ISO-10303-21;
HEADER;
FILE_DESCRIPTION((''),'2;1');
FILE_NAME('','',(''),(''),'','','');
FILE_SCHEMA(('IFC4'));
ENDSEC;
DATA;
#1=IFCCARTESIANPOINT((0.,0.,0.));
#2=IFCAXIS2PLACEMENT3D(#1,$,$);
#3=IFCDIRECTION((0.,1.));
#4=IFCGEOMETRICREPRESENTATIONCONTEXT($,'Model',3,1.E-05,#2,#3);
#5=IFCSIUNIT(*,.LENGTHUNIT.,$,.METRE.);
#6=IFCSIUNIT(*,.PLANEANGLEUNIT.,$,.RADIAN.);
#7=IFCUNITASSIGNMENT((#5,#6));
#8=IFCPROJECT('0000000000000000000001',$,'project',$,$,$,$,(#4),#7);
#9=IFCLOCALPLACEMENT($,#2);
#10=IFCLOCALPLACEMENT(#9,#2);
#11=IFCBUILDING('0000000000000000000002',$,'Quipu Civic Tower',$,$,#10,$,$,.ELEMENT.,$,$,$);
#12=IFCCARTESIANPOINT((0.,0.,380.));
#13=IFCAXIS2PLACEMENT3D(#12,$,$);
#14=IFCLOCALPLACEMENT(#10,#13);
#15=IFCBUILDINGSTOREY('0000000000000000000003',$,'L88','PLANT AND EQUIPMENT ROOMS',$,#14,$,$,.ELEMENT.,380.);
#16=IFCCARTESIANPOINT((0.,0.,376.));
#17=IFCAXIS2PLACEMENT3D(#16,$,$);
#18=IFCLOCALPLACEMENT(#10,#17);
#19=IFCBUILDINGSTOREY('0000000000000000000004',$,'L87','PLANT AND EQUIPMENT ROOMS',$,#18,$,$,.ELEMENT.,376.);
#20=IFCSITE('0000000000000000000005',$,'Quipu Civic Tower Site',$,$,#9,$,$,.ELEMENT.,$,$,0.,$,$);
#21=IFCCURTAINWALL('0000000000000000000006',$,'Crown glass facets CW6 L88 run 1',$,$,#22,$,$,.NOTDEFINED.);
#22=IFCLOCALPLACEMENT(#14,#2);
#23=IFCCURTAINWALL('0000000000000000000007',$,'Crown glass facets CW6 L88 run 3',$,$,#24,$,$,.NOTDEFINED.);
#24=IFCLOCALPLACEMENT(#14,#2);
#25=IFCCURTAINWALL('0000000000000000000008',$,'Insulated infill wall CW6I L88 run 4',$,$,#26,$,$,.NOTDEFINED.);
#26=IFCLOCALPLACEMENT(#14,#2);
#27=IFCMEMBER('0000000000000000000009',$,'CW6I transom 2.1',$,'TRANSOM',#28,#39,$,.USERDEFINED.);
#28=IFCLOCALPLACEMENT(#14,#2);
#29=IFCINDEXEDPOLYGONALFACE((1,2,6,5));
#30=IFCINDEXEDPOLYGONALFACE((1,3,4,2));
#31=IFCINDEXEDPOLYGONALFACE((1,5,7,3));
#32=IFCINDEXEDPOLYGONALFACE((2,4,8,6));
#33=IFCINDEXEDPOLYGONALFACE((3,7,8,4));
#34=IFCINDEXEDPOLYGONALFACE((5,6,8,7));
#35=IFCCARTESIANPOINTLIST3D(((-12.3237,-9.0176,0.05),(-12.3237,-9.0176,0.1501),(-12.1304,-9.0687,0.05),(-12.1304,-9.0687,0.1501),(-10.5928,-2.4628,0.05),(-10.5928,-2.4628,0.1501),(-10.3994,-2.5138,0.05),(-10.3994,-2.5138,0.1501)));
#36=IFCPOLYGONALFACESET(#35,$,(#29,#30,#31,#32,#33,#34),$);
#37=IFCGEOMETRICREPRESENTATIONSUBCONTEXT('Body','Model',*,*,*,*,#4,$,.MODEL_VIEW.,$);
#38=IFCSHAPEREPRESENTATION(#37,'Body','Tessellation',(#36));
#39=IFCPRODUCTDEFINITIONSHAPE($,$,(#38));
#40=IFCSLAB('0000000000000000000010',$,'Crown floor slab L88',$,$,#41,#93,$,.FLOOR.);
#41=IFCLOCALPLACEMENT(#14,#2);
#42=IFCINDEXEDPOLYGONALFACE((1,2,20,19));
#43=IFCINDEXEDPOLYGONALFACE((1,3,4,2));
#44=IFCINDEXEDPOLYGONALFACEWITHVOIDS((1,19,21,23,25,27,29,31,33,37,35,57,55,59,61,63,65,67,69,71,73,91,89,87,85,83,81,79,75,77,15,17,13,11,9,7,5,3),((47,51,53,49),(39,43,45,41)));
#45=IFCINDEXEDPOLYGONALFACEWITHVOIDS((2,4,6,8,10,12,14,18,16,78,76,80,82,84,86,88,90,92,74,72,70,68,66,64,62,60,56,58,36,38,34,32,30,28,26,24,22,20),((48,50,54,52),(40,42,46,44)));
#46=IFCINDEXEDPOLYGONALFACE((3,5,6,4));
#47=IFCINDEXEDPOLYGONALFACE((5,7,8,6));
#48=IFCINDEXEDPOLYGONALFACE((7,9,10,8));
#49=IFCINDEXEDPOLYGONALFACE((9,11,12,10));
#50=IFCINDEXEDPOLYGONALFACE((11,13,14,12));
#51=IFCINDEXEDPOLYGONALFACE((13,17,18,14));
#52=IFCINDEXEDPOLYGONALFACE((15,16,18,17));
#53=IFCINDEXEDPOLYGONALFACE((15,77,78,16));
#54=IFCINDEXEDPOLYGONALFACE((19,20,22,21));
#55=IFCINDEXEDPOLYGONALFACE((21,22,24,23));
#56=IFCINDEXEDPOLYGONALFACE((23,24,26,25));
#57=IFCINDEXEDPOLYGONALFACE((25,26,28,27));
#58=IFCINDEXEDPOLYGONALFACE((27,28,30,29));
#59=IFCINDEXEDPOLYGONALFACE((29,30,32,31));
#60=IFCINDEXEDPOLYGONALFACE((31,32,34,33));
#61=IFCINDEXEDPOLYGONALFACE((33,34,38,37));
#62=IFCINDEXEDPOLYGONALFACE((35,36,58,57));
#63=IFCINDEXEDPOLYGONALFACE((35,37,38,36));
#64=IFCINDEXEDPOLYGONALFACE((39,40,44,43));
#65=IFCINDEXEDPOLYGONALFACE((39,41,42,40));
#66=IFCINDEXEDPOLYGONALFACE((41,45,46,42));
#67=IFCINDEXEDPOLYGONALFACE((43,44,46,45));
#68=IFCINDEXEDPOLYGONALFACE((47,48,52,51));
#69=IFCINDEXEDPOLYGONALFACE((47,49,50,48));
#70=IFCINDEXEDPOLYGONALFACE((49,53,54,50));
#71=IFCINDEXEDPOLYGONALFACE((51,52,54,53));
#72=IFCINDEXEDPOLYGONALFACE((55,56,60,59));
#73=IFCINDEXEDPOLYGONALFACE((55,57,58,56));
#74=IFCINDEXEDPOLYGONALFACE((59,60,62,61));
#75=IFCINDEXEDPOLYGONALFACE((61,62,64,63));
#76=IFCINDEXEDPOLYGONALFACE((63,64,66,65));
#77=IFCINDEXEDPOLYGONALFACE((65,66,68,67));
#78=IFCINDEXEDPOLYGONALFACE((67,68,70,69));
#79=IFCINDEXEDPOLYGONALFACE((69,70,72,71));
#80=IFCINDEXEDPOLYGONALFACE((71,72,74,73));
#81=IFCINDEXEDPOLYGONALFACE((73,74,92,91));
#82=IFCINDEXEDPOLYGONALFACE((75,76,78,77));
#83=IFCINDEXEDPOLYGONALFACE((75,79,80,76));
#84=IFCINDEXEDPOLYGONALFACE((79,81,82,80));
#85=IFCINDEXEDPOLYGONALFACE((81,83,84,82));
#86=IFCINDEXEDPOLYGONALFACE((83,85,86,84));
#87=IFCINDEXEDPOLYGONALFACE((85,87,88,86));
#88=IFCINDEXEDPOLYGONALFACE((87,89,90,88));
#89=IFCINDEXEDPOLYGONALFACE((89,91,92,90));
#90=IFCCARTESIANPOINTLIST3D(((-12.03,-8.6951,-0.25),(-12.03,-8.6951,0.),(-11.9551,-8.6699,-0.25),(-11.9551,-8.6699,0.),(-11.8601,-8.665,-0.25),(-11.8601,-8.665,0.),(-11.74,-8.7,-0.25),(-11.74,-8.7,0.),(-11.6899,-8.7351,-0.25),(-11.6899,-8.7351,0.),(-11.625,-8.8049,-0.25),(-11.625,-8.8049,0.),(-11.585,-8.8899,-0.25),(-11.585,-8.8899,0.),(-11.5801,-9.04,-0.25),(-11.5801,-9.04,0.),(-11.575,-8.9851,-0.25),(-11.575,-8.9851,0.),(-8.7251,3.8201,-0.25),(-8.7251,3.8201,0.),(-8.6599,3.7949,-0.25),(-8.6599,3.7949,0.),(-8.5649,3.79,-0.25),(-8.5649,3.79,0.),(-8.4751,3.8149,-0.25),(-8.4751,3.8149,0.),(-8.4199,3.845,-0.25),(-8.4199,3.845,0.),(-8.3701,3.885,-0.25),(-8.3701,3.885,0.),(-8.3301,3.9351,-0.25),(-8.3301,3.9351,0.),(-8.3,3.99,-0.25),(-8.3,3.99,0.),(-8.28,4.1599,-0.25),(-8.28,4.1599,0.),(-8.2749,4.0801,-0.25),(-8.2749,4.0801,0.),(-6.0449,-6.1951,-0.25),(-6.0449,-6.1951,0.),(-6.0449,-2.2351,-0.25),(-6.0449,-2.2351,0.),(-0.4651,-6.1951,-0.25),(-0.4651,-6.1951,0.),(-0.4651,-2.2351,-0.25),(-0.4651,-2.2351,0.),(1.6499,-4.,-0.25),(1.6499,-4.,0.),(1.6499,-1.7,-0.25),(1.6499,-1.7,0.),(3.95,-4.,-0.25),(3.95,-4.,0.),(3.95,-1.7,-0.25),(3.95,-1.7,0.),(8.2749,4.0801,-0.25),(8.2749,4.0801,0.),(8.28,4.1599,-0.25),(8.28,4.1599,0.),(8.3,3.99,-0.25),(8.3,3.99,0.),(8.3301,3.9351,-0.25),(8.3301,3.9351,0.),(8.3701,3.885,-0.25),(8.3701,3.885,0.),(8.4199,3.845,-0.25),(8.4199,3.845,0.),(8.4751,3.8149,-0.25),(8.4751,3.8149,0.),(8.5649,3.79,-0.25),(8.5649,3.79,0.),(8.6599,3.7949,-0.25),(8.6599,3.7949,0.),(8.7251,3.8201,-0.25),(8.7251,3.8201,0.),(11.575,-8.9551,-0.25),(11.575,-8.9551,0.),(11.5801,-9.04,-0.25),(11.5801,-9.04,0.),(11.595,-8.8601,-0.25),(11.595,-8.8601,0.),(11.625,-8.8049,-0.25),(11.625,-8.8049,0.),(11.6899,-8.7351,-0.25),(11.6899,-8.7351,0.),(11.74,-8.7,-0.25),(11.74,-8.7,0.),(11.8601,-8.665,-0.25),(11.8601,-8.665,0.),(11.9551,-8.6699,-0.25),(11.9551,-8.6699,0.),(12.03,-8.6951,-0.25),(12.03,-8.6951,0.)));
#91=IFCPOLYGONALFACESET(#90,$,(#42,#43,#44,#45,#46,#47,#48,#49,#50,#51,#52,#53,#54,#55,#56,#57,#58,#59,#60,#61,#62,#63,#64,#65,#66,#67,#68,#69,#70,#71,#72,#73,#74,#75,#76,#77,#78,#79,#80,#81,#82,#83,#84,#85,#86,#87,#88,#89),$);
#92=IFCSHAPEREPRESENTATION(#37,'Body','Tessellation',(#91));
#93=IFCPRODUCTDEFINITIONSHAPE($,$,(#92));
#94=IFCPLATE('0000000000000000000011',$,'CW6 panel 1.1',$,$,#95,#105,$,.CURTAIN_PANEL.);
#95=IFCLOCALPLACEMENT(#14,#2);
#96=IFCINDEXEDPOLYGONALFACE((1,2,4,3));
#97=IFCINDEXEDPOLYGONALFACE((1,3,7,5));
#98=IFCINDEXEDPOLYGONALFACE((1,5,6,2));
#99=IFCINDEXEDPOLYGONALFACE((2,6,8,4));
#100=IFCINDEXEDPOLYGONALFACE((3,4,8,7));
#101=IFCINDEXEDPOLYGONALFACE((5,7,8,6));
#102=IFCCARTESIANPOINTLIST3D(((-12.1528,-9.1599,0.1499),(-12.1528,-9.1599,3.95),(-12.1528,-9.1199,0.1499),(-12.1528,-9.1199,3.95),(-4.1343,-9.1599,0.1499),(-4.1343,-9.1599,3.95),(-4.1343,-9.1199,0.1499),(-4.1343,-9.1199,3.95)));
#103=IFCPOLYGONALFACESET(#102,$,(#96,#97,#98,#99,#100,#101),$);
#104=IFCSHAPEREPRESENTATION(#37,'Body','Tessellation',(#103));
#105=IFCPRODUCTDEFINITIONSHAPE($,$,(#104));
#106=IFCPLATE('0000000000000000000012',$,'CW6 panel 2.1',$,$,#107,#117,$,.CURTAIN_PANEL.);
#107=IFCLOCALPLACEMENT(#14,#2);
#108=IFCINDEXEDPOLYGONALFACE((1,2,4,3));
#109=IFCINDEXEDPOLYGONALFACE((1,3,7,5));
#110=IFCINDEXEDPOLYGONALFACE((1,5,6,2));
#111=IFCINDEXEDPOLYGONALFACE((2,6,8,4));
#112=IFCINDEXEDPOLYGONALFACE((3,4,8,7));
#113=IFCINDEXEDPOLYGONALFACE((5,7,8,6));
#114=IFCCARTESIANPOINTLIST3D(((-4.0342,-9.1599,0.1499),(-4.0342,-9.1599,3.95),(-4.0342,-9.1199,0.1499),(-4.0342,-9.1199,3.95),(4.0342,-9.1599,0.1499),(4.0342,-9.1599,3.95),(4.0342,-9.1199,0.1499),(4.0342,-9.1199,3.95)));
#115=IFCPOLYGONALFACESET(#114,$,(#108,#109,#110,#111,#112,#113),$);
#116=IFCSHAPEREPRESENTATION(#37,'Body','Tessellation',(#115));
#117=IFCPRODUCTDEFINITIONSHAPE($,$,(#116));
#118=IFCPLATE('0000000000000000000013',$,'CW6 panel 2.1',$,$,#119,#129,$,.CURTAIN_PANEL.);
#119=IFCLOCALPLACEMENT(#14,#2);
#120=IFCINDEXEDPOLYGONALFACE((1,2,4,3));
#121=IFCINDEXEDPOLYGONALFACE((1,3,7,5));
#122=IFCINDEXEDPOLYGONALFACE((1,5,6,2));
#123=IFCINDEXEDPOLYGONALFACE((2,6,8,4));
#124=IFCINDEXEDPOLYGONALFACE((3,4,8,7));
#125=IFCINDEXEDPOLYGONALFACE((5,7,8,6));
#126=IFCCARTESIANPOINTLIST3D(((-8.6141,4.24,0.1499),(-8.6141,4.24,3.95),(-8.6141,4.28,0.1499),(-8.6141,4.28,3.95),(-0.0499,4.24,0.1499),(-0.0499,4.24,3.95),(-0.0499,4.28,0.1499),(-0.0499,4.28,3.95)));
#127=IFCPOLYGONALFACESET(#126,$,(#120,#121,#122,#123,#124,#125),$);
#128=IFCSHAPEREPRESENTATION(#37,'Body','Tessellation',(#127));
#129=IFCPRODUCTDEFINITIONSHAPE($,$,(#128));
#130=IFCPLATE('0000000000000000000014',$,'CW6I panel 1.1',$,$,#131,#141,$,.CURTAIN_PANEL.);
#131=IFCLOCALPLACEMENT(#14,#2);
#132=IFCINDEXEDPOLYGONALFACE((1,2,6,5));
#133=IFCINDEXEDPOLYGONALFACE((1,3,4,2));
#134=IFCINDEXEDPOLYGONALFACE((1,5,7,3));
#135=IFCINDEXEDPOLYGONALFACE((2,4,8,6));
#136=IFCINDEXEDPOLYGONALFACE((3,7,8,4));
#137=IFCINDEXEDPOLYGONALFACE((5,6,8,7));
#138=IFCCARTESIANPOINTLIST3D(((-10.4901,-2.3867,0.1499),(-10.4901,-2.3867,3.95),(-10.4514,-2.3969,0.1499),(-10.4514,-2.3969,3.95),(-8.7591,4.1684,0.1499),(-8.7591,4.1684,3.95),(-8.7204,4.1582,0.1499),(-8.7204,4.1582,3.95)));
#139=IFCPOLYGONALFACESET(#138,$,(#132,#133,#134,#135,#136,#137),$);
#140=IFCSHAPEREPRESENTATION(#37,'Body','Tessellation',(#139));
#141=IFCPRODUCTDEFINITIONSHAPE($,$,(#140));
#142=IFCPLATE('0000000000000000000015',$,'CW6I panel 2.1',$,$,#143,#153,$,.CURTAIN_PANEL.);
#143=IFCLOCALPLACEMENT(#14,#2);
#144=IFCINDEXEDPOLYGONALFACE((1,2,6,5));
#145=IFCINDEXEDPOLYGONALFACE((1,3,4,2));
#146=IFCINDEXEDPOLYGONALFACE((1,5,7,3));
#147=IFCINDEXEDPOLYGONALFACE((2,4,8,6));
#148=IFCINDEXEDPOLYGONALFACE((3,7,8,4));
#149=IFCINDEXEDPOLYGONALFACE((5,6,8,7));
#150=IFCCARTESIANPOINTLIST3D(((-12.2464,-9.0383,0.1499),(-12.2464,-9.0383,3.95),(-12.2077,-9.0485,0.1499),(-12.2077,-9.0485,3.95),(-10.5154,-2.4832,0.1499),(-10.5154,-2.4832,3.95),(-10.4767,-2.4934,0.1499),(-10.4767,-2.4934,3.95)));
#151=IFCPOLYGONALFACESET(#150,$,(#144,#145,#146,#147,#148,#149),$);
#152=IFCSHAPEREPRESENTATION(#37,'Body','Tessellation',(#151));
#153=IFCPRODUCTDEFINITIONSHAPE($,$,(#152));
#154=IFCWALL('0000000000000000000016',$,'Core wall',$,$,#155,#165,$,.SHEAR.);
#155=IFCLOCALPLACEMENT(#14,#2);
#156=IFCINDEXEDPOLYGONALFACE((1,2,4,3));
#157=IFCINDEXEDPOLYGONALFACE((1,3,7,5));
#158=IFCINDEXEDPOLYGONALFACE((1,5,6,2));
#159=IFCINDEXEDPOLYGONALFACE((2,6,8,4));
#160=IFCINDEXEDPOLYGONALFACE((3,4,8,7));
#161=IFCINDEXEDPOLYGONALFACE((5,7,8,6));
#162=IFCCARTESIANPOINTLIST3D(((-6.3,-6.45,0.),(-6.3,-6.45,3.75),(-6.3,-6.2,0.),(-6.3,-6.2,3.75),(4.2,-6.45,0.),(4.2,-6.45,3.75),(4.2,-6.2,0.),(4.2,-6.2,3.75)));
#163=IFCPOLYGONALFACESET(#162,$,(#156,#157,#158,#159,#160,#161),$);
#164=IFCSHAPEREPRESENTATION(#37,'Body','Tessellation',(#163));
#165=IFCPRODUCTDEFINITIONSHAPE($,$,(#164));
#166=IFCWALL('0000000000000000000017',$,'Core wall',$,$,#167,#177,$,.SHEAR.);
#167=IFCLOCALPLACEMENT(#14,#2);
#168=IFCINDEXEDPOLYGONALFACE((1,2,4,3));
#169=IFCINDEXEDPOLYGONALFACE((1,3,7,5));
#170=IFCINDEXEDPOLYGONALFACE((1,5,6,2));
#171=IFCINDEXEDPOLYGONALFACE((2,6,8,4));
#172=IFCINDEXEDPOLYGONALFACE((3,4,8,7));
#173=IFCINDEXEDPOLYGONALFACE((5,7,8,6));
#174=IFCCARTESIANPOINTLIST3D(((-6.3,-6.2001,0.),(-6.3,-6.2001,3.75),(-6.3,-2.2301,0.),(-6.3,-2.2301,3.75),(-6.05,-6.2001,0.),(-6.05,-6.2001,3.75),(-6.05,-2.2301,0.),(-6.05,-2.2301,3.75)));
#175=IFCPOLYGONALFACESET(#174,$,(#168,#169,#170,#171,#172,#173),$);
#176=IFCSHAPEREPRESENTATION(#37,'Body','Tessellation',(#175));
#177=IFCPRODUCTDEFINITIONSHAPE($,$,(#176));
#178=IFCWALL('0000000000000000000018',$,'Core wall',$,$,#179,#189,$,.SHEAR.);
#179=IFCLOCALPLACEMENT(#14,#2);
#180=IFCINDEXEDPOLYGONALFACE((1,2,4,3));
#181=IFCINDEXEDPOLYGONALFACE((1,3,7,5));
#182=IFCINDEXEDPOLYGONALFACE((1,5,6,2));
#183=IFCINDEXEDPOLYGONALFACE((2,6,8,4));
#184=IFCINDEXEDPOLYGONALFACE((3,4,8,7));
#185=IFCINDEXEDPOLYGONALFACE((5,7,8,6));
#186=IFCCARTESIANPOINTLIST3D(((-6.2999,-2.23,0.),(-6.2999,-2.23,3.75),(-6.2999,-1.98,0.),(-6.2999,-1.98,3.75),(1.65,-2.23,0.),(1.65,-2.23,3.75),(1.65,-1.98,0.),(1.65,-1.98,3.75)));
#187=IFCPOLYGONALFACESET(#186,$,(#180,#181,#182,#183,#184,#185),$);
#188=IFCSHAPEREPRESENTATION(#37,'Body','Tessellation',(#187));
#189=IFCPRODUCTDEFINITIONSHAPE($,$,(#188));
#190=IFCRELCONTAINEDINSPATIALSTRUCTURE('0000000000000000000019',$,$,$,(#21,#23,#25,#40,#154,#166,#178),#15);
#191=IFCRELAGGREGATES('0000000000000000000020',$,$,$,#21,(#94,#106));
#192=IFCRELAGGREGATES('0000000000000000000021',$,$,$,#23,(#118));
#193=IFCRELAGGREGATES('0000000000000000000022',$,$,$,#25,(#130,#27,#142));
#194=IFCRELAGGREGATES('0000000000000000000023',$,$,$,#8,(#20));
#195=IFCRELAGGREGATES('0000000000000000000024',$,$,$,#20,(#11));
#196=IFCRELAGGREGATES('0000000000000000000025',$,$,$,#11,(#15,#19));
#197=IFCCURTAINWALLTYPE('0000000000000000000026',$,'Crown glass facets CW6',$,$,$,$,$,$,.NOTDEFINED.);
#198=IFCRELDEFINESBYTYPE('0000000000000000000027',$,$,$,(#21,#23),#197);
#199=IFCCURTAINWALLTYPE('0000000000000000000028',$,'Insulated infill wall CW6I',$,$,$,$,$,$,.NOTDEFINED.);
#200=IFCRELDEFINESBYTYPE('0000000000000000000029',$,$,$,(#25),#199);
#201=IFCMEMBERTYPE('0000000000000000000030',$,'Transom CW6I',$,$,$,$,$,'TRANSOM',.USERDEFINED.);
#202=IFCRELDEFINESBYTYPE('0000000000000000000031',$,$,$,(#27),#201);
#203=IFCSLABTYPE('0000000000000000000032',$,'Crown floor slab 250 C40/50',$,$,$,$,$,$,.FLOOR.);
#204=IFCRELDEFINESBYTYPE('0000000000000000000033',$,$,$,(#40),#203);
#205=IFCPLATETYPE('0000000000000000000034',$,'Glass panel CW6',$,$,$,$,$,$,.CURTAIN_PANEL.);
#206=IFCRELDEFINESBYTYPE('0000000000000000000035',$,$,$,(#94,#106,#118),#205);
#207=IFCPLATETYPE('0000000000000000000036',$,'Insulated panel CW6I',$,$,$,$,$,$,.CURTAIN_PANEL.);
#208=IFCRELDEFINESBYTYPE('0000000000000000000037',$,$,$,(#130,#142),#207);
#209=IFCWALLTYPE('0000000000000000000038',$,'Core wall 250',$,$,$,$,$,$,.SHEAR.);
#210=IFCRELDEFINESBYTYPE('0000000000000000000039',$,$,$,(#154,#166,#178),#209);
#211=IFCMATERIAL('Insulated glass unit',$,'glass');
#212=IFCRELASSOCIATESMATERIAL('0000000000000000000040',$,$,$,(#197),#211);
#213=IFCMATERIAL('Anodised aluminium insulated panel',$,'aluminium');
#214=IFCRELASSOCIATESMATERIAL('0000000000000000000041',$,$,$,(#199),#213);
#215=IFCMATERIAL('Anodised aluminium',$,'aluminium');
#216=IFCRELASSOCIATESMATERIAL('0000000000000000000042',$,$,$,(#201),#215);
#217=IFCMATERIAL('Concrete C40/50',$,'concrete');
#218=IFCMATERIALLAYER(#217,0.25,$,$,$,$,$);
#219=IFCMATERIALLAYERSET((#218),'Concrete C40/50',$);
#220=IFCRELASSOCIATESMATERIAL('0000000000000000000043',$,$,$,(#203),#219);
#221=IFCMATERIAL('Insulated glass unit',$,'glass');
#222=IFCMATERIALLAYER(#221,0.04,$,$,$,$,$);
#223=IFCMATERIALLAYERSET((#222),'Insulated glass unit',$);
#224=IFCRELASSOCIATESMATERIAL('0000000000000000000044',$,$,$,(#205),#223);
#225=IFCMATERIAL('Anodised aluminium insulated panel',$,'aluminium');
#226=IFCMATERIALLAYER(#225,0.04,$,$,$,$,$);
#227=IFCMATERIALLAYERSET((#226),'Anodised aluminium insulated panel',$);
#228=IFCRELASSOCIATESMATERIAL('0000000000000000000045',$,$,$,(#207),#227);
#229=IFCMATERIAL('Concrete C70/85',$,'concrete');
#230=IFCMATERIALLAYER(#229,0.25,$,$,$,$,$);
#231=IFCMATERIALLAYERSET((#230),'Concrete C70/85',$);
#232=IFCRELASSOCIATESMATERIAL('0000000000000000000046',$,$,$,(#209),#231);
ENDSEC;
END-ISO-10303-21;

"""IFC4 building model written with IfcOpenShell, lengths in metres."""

from ifc_helpers import new_model, si_unit, direction, frame, frame_2d, origin, origin_2d, place, context, subcontext, project, spatial, polyline, rectangle, outline, extrude, material, layer, layer_set, material_profile, profile_set, type_object, element, aggregate, save


model = new_model("IFC4")

# Units and contexts
model_context = context("Model", 3, precision=1e-05, world=origin(), true_north=direction((0.0, 1.0)))
body_context = subcontext(model_context, "Body", "Model", "MODEL_VIEW")
ifc_project = project(units=[si_unit("LENGTHUNIT", "METRE"), si_unit("PLANEANGLEUNIT", "RADIAN")], contexts=[model_context])

# Site, building, storey
site_placement = place(None, origin())
site = spatial("IfcSite", under=ifc_project, at=site_placement, Name="Quipu Civic Tower Site", CompositionType="ELEMENT", RefElevation=0.0)
building_placement = place(site_placement, origin())
building = spatial("IfcBuilding", under=site, at=building_placement, Name="Quipu Civic Tower", CompositionType="ELEMENT")
storey_1_placement = place(building_placement, frame((0.0, 0.0, 380.0)))
storey_1 = spatial("IfcBuildingStorey", under=building, at=storey_1_placement, Name="L88", Description="PLANT AND EQUIPMENT ROOMS", CompositionType="ELEMENT", Elevation=380.0)

# Curtain wall
ifc_material_1 = material(Name="Insulated glass unit", Category="glass")
curtain_wall_type_1 = type_object("IfcCurtainWallType", Name="Crown glass facets CW6", PredefinedType="NOTDEFINED", material=ifc_material_1)
curtain_wall_1_placement = place(storey_1_placement, origin())
curtain_wall_1 = element("IfcCurtainWall", 1, at=curtain_wall_1_placement, inside=storey_1, type_object=curtain_wall_type_1, Name="Crown glass facets CW6 L88 run 1", PredefinedType="NOTDEFINED")

# Curtain wall
curtain_wall_2_placement = place(storey_1_placement, origin())
curtain_wall_2 = element("IfcCurtainWall", 2, at=curtain_wall_2_placement, inside=storey_1, type_object=curtain_wall_type_1, Name="Crown glass facets CW6 L88 run 3", PredefinedType="NOTDEFINED")

# Curtain wall
ifc_material_2 = material(Name="Anodised aluminium insulated panel", Category="aluminium")
curtain_wall_type_2 = type_object("IfcCurtainWallType", Name="Insulated infill wall CW6I", PredefinedType="NOTDEFINED", material=ifc_material_2)
curtain_wall_3_placement = place(storey_1_placement, origin())
curtain_wall_3 = element("IfcCurtainWall", 3, at=curtain_wall_3_placement, inside=storey_1, type_object=curtain_wall_type_2, Name="Insulated infill wall CW6I L88 run 4", PredefinedType="NOTDEFINED")

# Shared definitions
storey_2_placement = place(building_placement, frame((0.0, 0.0, 376.0)))
storey_2 = spatial("IfcBuildingStorey", under=building, at=storey_2_placement, Name="L87", Description="PLANT AND EQUIPMENT ROOMS", CompositionType="ELEMENT", Elevation=376.0)

# Shared definitions
ifc_material_3 = material(Name="Anodised aluminium", Category="aluminium")
ifc_material_profile_1 = material_profile(ifc_material_3, rectangle(XDim=0.2, YDim=0.1001, at=origin_2d()), Name="RECT 200x100")
ifc_profile_set_1 = profile_set([ifc_material_profile_1], Name="Anodised aluminium")
member_type_1 = type_object("IfcMemberType", Name="Transom CW6I", ElementType="TRANSOM", PredefinedType="USERDEFINED", material=ifc_profile_set_1)

# Member
member_1_placement = place(storey_1_placement, frame((-10.4961, -2.4883, 0.1001), z_axis=(-0.255317, -0.966857, 0.0), x_axis=(0.966857, -0.255317, 0.0)))
member_1 = element("IfcMember", 4, at=member_1_placement, type_object=member_type_1, Name="CW6I transom 2.1", ObjectType="TRANSOM", PredefinedType="USERDEFINED", context=body_context, shape_type="SweptSolid", body=[
    extrude(rectangle(XDim=0.2, YDim=0.1001, at=origin_2d()), origin(), (0.0, 0.0, 1.0), 6.7795),
])

# Slab
ifc_material_4 = material(Name="Concrete C40/50", Category="concrete")
ifc_layer_1 = layer(ifc_material_4, 0.25)
ifc_layer_set_1 = layer_set([ifc_layer_1], Name="Concrete C40/50")
slab_type = type_object("IfcSlabType", Name="Crown floor slab 250 C40/50", PredefinedType="FLOOR", material=ifc_layer_set_1)
slab_placement = place(storey_1_placement, frame((0.0, 0.0, -0.25)))
element("IfcSlab", 5, at=slab_placement, inside=storey_1, type_object=slab_type, Name="Crown floor slab L88", PredefinedType="FLOOR", context=body_context, shape_type="SweptSolid", body=[
    extrude(outline(polyline([(-11.575, -8.9851), (-11.585, -8.8899), (-11.625, -8.8049), (-11.6899, -8.7351), (-11.74, -8.7), (-11.8601, -8.665), (-11.9551, -8.6699), (-12.03, -8.6951), (-8.7251, 3.8201), (-8.6599, 3.7949), (-8.5649, 3.79), (-8.4751, 3.8149), (-8.4199, 3.845), (-8.3701, 3.885), (-8.3301, 3.9351), (-8.3, 3.99), (-8.2749, 4.0801), (-8.28, 4.1599), (8.28, 4.1599), (8.2749, 4.0801), (8.3, 3.99), (8.3301, 3.9351), (8.3701, 3.885), (8.4199, 3.845), (8.4751, 3.8149), (8.5649, 3.79), (8.6599, 3.7949), (8.7251, 3.8201), (12.03, -8.6951), (11.9551, -8.6699), (11.8601, -8.665), (11.74, -8.7), (11.6899, -8.7351), (11.625, -8.8049), (11.595, -8.8601), (11.575, -8.9551), (11.5801, -9.04), (-11.5801, -9.04), (-11.575, -8.9851)]), holes=[polyline([(-6.0449, -2.2351), (-6.0449, -6.1951), (-0.4651, -6.1951), (-0.4651, -2.2351), (-6.0449, -2.2351)]), polyline([(3.95, -1.7), (1.6499, -1.7), (1.6499, -4.0), (3.95, -4.0), (3.95, -1.7)])]), origin(), (0.0, 0.0, 1.0), 0.25),
])

# Plates
ifc_material_5 = material(Name="Insulated glass unit", Category="glass")
ifc_layer_2 = layer(ifc_material_5, 0.04)
ifc_layer_set_2 = layer_set([ifc_layer_2], Name="Insulated glass unit")
plate_type_1 = type_object("IfcPlateType", Name="Glass panel CW6", PredefinedType="CURTAIN_PANEL", material=ifc_layer_set_2)
plate_1_placement = place(storey_1_placement, frame((-8.1436, -9.1399, 0.1499), z_axis=(0.0, 0.0, 1.0), x_axis=(1.0, 0.0, 0.0)))
plate_1 = element("IfcPlate", 6, at=plate_1_placement, type_object=plate_type_1, Name="CW6 panel 1.1", PredefinedType="CURTAIN_PANEL", context=body_context, shape_type="SweptSolid", body=[
    extrude(rectangle(XDim=8.0186, YDim=0.04, at=origin_2d()), origin(), (0.0, 0.0, 1.0), 3.8),
])
plate_2_placement = place(storey_1_placement, frame((0.0, -9.1399, 0.1499), z_axis=(0.0, 0.0, 1.0), x_axis=(1.0, 0.0, 0.0)))
plate_2 = element("IfcPlate", 7, at=plate_2_placement, type_object=plate_type_1, Name="CW6 panel 2.1", PredefinedType="CURTAIN_PANEL", context=body_context, shape_type="SweptSolid", body=[
    extrude(rectangle(XDim=8.0684, YDim=0.04, at=origin_2d()), origin(), (0.0, 0.0, 1.0), 3.8),
])
aggregate(curtain_wall_1, [plate_1, plate_2])
plate_3_placement = place(storey_1_placement, frame((-4.332, 4.26, 0.1499), z_axis=(0.0, 0.0, 1.0), x_axis=(-1.0, 0.0, 0.0)))
plate_3 = element("IfcPlate", 8, at=plate_3_placement, type_object=plate_type_1, Name="CW6 panel 2.1", PredefinedType="CURTAIN_PANEL", context=body_context, shape_type="SweptSolid", body=[
    extrude(rectangle(XDim=8.5642, YDim=0.04, at=origin_2d()), origin(), (0.0, 0.0, 1.0), 3.8),
])
aggregate(curtain_wall_2, [plate_3])
ifc_material_6 = material(Name="Anodised aluminium insulated panel", Category="aluminium")
ifc_layer_3 = layer(ifc_material_6, 0.04)
ifc_layer_set_3 = layer_set([ifc_layer_3], Name="Anodised aluminium insulated panel")
plate_type_2 = type_object("IfcPlateType", Name="Insulated panel CW6I", PredefinedType="CURTAIN_PANEL", material=ifc_layer_set_3)
plate_4_placement = place(storey_1_placement, frame((-9.6052, 0.8857, 0.1499), z_axis=(0.0, 0.0, 1.0), x_axis=(-0.255322, -0.966856, 0.0)))
plate_4 = element("IfcPlate", 9, at=plate_4_placement, type_object=plate_type_2, Name="CW6I panel 1.1", PredefinedType="CURTAIN_PANEL", context=body_context, shape_type="SweptSolid", body=[
    extrude(rectangle(XDim=6.7798, YDim=0.04, at=origin_2d()), origin(), (0.0, 0.0, 1.0), 3.8),
])
plate_5_placement = place(storey_1_placement, frame((-11.3616, -5.7659, 0.1499), z_axis=(0.0, 0.0, 1.0), x_axis=(-0.255322, -0.966856, 0.0)))
plate_5 = element("IfcPlate", 10, at=plate_5_placement, type_object=plate_type_2, Name="CW6I panel 2.1", PredefinedType="CURTAIN_PANEL", context=body_context, shape_type="SweptSolid", body=[
    extrude(rectangle(XDim=6.7798, YDim=0.04, at=origin_2d()), origin(), (0.0, 0.0, 1.0), 3.8),
])
aggregate(curtain_wall_3, [plate_4, member_1, plate_5])

# Walls
ifc_material_7 = material(Name="Concrete C70/85", Category="concrete")
ifc_layer_4 = layer(ifc_material_7, 0.25)
ifc_layer_set_4 = layer_set([ifc_layer_4], Name="Concrete C70/85")
wall_type = type_object("IfcWallType", Name="Core wall 250", PredefinedType="SHEAR", material=ifc_layer_set_4)
wall_1_placement = place(storey_1_placement, frame((-6.3, -6.325, 0.0), z_axis=(0.0, 0.0, 1.0), x_axis=(1.0, 0.0, 0.0)))
element("IfcWall", 11, at=wall_1_placement, inside=storey_1, type_object=wall_type, Name="Core wall", PredefinedType="SHEAR", context=body_context, shape_type="SweptSolid", body=[
    extrude(rectangle(XDim=10.5, YDim=0.25, at=frame_2d((5.25, 0.0))), origin(), (0.0, 0.0, 1.0), 3.75),
])
wall_2_placement = place(storey_1_placement, frame((-6.175, -6.2, 0.0), z_axis=(0.0, 0.0, 1.0), x_axis=(0.0, 1.0, 0.0)))
element("IfcWall", 12, at=wall_2_placement, inside=storey_1, type_object=wall_type, Name="Core wall", PredefinedType="SHEAR", context=body_context, shape_type="SweptSolid", body=[
    extrude(rectangle(XDim=3.97, YDim=0.25, at=frame_2d((1.9849, 0.0))), origin(), (0.0, 0.0, 1.0), 3.75),
])
wall_3_placement = place(storey_1_placement, frame((-6.3, -2.105, 0.0), z_axis=(0.0, 0.0, 1.0), x_axis=(1.0, 0.0, 0.0)))
element("IfcWall", 13, at=wall_3_placement, inside=storey_1, type_object=wall_type, Name="Core wall", PredefinedType="SHEAR", context=body_context, shape_type="SweptSolid", body=[
    extrude(rectangle(XDim=7.95, YDim=0.25, at=frame_2d((3.9751, 0.0))), origin(), (0.0, 0.0, 1.0), 3.75),
])

save(model, "model.ifc")
